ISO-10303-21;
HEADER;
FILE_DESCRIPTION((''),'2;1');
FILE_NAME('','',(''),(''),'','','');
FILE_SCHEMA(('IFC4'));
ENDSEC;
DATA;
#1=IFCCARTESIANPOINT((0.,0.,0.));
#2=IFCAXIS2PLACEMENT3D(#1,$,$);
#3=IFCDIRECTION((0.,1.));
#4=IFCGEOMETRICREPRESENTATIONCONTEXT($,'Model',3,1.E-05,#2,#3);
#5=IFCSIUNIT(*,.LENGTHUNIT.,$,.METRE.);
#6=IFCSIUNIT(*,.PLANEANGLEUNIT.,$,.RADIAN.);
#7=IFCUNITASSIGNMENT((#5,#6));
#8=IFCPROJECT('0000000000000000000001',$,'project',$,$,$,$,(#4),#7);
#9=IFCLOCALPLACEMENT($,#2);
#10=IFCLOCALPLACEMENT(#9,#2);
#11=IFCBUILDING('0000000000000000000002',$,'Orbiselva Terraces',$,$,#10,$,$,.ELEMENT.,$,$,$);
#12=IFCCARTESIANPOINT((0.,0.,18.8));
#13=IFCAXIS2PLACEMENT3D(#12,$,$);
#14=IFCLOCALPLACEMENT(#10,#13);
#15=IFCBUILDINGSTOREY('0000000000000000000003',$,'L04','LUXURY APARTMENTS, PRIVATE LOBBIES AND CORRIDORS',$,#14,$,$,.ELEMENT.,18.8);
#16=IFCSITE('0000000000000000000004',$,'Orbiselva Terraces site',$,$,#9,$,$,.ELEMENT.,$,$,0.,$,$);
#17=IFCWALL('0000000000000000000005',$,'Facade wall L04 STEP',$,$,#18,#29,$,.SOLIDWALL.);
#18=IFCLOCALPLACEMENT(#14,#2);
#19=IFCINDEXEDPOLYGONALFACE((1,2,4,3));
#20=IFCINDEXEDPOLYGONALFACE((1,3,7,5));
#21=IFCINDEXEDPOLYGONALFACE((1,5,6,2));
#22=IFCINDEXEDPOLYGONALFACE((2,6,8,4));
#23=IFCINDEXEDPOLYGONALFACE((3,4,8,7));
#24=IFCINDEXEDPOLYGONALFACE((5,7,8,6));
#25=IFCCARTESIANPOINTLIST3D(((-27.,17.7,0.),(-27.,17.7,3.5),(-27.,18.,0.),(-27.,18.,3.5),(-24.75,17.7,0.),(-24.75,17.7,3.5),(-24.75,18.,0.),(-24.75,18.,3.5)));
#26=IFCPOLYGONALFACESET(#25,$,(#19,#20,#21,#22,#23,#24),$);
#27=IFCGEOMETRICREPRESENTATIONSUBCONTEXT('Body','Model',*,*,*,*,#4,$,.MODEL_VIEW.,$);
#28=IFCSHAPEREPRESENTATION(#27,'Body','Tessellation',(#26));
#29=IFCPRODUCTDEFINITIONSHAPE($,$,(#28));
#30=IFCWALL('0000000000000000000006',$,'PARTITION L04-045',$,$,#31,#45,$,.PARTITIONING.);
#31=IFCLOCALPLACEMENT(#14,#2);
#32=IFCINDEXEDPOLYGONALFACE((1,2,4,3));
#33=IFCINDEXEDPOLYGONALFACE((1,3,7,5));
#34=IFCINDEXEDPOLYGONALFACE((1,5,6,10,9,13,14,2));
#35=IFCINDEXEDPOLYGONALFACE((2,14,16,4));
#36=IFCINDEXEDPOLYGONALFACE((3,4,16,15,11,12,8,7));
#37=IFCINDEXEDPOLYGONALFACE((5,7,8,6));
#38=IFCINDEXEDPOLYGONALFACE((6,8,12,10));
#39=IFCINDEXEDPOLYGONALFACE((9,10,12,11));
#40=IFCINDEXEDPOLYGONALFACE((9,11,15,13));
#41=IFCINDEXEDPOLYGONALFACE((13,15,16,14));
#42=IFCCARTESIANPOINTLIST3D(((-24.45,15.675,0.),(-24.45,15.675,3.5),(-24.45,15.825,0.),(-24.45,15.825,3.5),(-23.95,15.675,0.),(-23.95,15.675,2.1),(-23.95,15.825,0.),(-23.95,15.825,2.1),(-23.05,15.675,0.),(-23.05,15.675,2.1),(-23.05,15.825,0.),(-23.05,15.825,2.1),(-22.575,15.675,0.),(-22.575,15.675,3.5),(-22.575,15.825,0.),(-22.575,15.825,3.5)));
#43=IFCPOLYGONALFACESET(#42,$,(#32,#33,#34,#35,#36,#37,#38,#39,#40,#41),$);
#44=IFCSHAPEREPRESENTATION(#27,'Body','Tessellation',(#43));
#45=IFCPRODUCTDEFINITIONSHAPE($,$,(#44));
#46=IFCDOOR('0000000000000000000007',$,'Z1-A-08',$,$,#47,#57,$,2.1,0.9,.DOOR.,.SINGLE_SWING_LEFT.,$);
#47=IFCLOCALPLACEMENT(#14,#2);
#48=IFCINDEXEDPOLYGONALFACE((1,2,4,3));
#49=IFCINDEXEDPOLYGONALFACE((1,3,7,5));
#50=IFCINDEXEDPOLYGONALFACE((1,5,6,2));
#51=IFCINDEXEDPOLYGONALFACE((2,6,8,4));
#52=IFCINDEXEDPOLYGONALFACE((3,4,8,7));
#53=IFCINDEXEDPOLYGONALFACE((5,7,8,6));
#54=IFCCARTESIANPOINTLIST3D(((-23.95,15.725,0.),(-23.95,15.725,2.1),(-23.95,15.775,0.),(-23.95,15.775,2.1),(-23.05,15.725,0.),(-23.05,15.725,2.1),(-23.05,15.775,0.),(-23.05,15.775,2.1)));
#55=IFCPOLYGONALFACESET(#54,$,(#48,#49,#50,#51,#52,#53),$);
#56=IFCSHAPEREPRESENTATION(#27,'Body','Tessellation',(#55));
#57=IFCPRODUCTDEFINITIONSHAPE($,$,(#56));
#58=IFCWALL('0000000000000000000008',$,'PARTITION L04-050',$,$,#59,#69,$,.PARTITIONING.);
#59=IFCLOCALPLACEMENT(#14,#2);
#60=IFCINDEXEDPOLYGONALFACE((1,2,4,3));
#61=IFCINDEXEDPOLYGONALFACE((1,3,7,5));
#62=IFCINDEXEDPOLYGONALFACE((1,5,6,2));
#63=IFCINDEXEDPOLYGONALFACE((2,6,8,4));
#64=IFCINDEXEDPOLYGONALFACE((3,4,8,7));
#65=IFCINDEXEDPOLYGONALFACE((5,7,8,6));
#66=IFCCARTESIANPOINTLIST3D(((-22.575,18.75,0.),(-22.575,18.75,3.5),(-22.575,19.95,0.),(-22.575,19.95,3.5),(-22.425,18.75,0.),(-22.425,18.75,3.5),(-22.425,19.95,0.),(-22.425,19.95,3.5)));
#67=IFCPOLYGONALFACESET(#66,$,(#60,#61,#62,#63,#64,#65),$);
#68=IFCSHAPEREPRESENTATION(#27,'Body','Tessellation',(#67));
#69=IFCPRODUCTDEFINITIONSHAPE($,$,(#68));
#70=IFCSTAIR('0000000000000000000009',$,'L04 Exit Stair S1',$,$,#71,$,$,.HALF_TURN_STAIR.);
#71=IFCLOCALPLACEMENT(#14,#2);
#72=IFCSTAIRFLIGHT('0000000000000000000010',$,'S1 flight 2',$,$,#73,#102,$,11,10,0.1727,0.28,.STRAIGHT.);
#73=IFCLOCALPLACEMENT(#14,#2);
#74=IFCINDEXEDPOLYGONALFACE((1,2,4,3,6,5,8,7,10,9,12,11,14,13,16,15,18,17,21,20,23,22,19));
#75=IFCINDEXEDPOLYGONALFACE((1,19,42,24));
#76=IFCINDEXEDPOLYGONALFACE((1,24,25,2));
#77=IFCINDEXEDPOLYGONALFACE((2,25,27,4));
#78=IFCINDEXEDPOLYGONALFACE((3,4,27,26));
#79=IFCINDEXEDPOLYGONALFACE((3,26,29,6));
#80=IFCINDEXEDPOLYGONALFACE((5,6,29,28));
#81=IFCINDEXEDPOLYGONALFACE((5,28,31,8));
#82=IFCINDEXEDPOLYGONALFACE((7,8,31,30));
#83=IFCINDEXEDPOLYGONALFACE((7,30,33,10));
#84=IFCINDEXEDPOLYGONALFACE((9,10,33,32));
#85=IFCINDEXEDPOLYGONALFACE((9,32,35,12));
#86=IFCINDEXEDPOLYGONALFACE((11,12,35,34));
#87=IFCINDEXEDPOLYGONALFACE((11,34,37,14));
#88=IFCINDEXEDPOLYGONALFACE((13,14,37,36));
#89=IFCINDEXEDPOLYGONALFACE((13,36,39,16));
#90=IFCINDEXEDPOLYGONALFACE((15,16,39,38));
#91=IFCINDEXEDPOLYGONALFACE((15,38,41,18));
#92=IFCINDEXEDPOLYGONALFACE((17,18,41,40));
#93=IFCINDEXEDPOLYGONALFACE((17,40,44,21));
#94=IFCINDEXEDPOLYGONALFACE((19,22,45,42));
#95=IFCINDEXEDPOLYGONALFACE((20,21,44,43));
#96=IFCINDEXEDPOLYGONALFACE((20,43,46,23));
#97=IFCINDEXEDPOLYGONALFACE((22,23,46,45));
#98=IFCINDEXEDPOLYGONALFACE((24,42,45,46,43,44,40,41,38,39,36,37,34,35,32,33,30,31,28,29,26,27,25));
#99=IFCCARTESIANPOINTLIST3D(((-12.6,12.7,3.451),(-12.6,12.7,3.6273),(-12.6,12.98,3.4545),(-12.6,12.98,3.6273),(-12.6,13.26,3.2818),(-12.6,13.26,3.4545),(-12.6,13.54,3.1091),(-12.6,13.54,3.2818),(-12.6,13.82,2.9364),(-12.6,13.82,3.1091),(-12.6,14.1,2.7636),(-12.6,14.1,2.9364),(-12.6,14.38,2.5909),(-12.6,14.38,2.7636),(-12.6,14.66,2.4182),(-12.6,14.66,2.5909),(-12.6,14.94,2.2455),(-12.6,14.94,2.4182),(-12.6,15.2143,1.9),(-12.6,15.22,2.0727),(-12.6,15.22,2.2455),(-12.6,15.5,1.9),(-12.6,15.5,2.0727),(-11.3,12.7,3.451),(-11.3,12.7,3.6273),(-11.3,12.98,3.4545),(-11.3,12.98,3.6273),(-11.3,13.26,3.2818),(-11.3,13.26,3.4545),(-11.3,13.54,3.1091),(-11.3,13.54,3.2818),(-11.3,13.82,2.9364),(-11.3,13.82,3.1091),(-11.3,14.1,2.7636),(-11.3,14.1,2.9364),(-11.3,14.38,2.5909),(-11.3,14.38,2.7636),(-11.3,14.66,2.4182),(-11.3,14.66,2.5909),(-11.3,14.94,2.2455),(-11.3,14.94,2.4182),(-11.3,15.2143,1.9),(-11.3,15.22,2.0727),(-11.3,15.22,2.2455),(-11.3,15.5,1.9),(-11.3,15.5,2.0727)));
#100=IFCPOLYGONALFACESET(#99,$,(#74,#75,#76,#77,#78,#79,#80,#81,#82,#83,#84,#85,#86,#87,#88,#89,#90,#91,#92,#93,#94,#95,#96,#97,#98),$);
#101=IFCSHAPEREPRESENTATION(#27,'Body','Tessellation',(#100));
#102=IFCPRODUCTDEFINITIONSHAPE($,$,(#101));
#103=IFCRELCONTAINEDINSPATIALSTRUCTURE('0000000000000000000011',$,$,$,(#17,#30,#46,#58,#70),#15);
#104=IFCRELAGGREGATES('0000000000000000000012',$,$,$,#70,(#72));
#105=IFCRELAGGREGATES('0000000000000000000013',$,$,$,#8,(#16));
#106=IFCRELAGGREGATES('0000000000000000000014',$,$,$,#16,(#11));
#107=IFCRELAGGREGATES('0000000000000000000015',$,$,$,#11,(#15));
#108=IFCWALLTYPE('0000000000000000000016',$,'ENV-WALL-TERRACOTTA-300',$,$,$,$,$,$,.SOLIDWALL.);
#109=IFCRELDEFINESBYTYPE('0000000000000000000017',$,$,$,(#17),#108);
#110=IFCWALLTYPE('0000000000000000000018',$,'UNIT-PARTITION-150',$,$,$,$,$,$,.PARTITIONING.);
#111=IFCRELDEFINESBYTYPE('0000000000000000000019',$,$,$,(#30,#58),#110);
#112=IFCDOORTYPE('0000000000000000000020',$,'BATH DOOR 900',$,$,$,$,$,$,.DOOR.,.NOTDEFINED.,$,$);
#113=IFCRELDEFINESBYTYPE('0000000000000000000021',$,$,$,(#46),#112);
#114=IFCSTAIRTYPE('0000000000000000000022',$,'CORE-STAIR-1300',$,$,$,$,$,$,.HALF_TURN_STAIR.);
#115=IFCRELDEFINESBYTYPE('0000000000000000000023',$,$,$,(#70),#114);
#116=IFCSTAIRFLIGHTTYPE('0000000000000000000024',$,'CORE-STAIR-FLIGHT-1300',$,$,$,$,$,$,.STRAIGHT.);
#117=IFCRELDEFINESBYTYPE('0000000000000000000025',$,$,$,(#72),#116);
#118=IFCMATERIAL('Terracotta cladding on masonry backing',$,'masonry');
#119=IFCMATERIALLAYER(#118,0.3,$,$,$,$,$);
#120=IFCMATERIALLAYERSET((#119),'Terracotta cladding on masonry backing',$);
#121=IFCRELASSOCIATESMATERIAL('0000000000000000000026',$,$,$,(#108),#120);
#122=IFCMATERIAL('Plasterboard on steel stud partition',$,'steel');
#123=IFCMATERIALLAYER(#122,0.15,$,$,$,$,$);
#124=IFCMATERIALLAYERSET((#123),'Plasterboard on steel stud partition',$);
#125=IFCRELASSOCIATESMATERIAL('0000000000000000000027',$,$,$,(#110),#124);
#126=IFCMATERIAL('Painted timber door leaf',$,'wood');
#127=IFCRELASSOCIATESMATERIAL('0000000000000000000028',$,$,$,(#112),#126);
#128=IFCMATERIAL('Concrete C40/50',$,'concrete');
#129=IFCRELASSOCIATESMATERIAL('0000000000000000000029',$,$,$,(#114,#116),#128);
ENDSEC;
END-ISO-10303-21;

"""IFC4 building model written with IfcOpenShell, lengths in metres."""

from ifc_helpers import new_model, si_unit, direction, frame, frame_2d, origin, place, context, subcontext, project, spatial, polyline, rectangle, outline, extrude, material, layer, layer_set, type_object, element, fill, aggregate, save


model = new_model("IFC4")

# Units and contexts
model_context = context("Model", 3, precision=1e-05, world=origin(), true_north=direction((0.0, 1.0)))
body_context = subcontext(model_context, "Body", "Model", "MODEL_VIEW")
ifc_project = project(units=[si_unit("LENGTHUNIT", "METRE"), si_unit("PLANEANGLEUNIT", "RADIAN")], contexts=[model_context])

# Site, building, storey
site_placement = place(None, origin())
site = spatial("IfcSite", under=ifc_project, at=site_placement, Name="Orbiselva Terraces site", CompositionType="ELEMENT", RefElevation=0.0)
building_placement = place(site_placement, origin())
building = spatial("IfcBuilding", under=site, at=building_placement, Name="Orbiselva Terraces", CompositionType="ELEMENT")
storey_placement = place(building_placement, frame((0.0, 0.0, 18.8)))
storey = spatial("IfcBuildingStorey", under=building, at=storey_placement, Name="L04", Description="LUXURY APARTMENTS, PRIVATE LOBBIES AND CORRIDORS", CompositionType="ELEMENT", Elevation=18.8)

# Shared definitions
ifc_material_1 = material(Name="Terracotta cladding on masonry backing", Category="masonry")
ifc_layer_1 = layer(ifc_material_1, 0.3)
ifc_layer_set_1 = layer_set([ifc_layer_1], Name="Terracotta cladding on masonry backing")
wall_type_1 = type_object("IfcWallType", Name="ENV-WALL-TERRACOTTA-300", PredefinedType="SOLIDWALL", material=ifc_layer_set_1)

# Wall
wall_1_placement = place(storey_placement, frame((-27.0, 17.85, 0.0), z_axis=(0.0, 0.0, 1.0), x_axis=(1.0, 0.0, 0.0)))
element("IfcWall", 1, at=wall_1_placement, inside=storey, type_object=wall_type_1, Name="Facade wall L04 STEP", PredefinedType="SOLIDWALL", context=body_context, shape_type="SweptSolid", body=[
    extrude(rectangle(XDim=2.25, YDim=0.3, at=frame_2d((1.125, 0.0))), origin(), (0.0, 0.0, 1.0), 3.5),
])

# Wall, opening, door
ifc_material_2 = material(Name="Plasterboard on steel stud partition", Category="steel")
ifc_layer_2 = layer(ifc_material_2, 0.15)
ifc_layer_set_2 = layer_set([ifc_layer_2], Name="Plasterboard on steel stud partition")
wall_type_2 = type_object("IfcWallType", Name="UNIT-PARTITION-150", PredefinedType="PARTITIONING", material=ifc_layer_set_2)
wall_2_placement = place(storey_placement, frame((-22.575, 15.75, 0.0), z_axis=(0.0, 0.0, 1.0), x_axis=(-1.0, 0.0, 0.0)))
wall_2 = element("IfcWall", 2, at=wall_2_placement, inside=storey, type_object=wall_type_2, Name="PARTITION L04-045", PredefinedType="PARTITIONING", context=body_context, shape_type="SweptSolid", body=[
    extrude(rectangle(XDim=1.875, YDim=0.15, at=frame_2d((0.9375, 0.0))), origin(), (0.0, 0.0, 1.0), 3.5),
])
opening_1_placement = place(wall_2_placement, frame((0.475, 0.0, 0.0)))
opening_1 = element("IfcOpeningElement", 3, at=opening_1_placement, cuts=wall_2, PredefinedType="OPENING", context=body_context, shape_type="SweptSolid", body=[
    extrude(rectangle(XDim=0.9, YDim=2.1, at=frame_2d((0.45, 1.05))), frame((0.0, 0.085, 0.0), z_axis=(0.0, -1.0, 0.0), x_axis=(1.0, 0.0, 0.0)), (0.0, 0.0, 1.0), 0.17),
])
ifc_material_3 = material(Name="Painted timber door leaf", Category="wood")
door_type_1 = type_object("IfcDoorType", Name="BATH DOOR 900", OperationType="NOTDEFINED", PredefinedType="DOOR", material=ifc_material_3)
door_1_placement = place(opening_1_placement, origin())
door_1 = element("IfcDoor", 4, at=door_1_placement, inside=storey, type_object=door_type_1, Name="Z1-A-08", OperationType="SINGLE_SWING_LEFT", OverallHeight=2.1, OverallWidth=0.9, PredefinedType="DOOR", context=body_context, shape_type="SweptSolid", body=[
    extrude(rectangle(XDim=0.9, YDim=2.1, at=frame_2d((0.45, 1.05))), frame((0.0, 0.025, 0.0), z_axis=(0.0, -1.0, 0.0), x_axis=(1.0, 0.0, 0.0)), (0.0, 0.0, 1.0), 0.05),
])
fill(opening_1, door_1)

# Wall
wall_3_placement = place(storey_placement, frame((-22.5, 18.75, 0.0), z_axis=(0.0, 0.0, 1.0), x_axis=(0.0, 1.0, 0.0)))
element("IfcWall", 5, at=wall_3_placement, inside=storey, type_object=wall_type_2, Name="PARTITION L04-050", PredefinedType="PARTITIONING", context=body_context, shape_type="SweptSolid", body=[
    extrude(rectangle(XDim=1.2, YDim=0.15, at=frame_2d((0.6, 0.0))), origin(), (0.0, 0.0, 1.0), 3.5),
])

# Stair, stair flight
ifc_material_4 = material(Name="Concrete C40/50", Category="concrete")
stair_type = type_object("IfcStairType", Name="CORE-STAIR-1300", PredefinedType="HALF_TURN_STAIR", material=ifc_material_4)
stair_placement = place(storey_placement, origin())
stair = element("IfcStair", 6, at=stair_placement, inside=storey, type_object=stair_type, Name="L04 Exit Stair S1", PredefinedType="HALF_TURN_STAIR")
stair_flight_type = type_object("IfcStairFlightType", Name="CORE-STAIR-FLIGHT-1300", PredefinedType="STRAIGHT", material=ifc_material_4)
stair_flight_placement = place(storey_placement, frame((-11.95, 15.5, 1.9), z_axis=(0.0, 0.0, 1.0), x_axis=(0.0, -1.0, 0.0)))
stair_flight = element("IfcStairFlight", 7, at=stair_flight_placement, type_object=stair_flight_type, Name="S1 flight 2", NumberOfRisers=11, NumberOfTreads=10, PredefinedType="STRAIGHT", RiserHeight=0.1727, TreadLength=0.28, context=body_context, shape_type="SweptSolid", body=[
    extrude(outline(polyline([(0.0, 0.0), (0.0, 0.1727), (0.28, 0.1727), (0.28, 0.3455), (0.56, 0.3455), (0.56, 0.5182), (0.84, 0.5182), (0.84, 0.6909), (1.12, 0.6909), (1.12, 0.8636), (1.4, 0.8636), (1.4, 1.0364), (1.68, 1.0364), (1.68, 1.2091), (1.96, 1.2091), (1.96, 1.3818), (2.24, 1.3818), (2.24, 1.5545), (2.52, 1.5545), (2.52, 1.7273), (2.8, 1.7273), (2.8, 1.9), (2.8, 1.551), (0.2857, 0.0), (0.0, 0.0)])), frame((0.0, 0.65, 0.0), z_axis=(0.0, -1.0, 0.0), x_axis=(1.0, 0.0, 0.0)), (0.0, 0.0, 1.0), 1.3),
])
aggregate(stair, [stair_flight])

save(model, "model.ifc")
